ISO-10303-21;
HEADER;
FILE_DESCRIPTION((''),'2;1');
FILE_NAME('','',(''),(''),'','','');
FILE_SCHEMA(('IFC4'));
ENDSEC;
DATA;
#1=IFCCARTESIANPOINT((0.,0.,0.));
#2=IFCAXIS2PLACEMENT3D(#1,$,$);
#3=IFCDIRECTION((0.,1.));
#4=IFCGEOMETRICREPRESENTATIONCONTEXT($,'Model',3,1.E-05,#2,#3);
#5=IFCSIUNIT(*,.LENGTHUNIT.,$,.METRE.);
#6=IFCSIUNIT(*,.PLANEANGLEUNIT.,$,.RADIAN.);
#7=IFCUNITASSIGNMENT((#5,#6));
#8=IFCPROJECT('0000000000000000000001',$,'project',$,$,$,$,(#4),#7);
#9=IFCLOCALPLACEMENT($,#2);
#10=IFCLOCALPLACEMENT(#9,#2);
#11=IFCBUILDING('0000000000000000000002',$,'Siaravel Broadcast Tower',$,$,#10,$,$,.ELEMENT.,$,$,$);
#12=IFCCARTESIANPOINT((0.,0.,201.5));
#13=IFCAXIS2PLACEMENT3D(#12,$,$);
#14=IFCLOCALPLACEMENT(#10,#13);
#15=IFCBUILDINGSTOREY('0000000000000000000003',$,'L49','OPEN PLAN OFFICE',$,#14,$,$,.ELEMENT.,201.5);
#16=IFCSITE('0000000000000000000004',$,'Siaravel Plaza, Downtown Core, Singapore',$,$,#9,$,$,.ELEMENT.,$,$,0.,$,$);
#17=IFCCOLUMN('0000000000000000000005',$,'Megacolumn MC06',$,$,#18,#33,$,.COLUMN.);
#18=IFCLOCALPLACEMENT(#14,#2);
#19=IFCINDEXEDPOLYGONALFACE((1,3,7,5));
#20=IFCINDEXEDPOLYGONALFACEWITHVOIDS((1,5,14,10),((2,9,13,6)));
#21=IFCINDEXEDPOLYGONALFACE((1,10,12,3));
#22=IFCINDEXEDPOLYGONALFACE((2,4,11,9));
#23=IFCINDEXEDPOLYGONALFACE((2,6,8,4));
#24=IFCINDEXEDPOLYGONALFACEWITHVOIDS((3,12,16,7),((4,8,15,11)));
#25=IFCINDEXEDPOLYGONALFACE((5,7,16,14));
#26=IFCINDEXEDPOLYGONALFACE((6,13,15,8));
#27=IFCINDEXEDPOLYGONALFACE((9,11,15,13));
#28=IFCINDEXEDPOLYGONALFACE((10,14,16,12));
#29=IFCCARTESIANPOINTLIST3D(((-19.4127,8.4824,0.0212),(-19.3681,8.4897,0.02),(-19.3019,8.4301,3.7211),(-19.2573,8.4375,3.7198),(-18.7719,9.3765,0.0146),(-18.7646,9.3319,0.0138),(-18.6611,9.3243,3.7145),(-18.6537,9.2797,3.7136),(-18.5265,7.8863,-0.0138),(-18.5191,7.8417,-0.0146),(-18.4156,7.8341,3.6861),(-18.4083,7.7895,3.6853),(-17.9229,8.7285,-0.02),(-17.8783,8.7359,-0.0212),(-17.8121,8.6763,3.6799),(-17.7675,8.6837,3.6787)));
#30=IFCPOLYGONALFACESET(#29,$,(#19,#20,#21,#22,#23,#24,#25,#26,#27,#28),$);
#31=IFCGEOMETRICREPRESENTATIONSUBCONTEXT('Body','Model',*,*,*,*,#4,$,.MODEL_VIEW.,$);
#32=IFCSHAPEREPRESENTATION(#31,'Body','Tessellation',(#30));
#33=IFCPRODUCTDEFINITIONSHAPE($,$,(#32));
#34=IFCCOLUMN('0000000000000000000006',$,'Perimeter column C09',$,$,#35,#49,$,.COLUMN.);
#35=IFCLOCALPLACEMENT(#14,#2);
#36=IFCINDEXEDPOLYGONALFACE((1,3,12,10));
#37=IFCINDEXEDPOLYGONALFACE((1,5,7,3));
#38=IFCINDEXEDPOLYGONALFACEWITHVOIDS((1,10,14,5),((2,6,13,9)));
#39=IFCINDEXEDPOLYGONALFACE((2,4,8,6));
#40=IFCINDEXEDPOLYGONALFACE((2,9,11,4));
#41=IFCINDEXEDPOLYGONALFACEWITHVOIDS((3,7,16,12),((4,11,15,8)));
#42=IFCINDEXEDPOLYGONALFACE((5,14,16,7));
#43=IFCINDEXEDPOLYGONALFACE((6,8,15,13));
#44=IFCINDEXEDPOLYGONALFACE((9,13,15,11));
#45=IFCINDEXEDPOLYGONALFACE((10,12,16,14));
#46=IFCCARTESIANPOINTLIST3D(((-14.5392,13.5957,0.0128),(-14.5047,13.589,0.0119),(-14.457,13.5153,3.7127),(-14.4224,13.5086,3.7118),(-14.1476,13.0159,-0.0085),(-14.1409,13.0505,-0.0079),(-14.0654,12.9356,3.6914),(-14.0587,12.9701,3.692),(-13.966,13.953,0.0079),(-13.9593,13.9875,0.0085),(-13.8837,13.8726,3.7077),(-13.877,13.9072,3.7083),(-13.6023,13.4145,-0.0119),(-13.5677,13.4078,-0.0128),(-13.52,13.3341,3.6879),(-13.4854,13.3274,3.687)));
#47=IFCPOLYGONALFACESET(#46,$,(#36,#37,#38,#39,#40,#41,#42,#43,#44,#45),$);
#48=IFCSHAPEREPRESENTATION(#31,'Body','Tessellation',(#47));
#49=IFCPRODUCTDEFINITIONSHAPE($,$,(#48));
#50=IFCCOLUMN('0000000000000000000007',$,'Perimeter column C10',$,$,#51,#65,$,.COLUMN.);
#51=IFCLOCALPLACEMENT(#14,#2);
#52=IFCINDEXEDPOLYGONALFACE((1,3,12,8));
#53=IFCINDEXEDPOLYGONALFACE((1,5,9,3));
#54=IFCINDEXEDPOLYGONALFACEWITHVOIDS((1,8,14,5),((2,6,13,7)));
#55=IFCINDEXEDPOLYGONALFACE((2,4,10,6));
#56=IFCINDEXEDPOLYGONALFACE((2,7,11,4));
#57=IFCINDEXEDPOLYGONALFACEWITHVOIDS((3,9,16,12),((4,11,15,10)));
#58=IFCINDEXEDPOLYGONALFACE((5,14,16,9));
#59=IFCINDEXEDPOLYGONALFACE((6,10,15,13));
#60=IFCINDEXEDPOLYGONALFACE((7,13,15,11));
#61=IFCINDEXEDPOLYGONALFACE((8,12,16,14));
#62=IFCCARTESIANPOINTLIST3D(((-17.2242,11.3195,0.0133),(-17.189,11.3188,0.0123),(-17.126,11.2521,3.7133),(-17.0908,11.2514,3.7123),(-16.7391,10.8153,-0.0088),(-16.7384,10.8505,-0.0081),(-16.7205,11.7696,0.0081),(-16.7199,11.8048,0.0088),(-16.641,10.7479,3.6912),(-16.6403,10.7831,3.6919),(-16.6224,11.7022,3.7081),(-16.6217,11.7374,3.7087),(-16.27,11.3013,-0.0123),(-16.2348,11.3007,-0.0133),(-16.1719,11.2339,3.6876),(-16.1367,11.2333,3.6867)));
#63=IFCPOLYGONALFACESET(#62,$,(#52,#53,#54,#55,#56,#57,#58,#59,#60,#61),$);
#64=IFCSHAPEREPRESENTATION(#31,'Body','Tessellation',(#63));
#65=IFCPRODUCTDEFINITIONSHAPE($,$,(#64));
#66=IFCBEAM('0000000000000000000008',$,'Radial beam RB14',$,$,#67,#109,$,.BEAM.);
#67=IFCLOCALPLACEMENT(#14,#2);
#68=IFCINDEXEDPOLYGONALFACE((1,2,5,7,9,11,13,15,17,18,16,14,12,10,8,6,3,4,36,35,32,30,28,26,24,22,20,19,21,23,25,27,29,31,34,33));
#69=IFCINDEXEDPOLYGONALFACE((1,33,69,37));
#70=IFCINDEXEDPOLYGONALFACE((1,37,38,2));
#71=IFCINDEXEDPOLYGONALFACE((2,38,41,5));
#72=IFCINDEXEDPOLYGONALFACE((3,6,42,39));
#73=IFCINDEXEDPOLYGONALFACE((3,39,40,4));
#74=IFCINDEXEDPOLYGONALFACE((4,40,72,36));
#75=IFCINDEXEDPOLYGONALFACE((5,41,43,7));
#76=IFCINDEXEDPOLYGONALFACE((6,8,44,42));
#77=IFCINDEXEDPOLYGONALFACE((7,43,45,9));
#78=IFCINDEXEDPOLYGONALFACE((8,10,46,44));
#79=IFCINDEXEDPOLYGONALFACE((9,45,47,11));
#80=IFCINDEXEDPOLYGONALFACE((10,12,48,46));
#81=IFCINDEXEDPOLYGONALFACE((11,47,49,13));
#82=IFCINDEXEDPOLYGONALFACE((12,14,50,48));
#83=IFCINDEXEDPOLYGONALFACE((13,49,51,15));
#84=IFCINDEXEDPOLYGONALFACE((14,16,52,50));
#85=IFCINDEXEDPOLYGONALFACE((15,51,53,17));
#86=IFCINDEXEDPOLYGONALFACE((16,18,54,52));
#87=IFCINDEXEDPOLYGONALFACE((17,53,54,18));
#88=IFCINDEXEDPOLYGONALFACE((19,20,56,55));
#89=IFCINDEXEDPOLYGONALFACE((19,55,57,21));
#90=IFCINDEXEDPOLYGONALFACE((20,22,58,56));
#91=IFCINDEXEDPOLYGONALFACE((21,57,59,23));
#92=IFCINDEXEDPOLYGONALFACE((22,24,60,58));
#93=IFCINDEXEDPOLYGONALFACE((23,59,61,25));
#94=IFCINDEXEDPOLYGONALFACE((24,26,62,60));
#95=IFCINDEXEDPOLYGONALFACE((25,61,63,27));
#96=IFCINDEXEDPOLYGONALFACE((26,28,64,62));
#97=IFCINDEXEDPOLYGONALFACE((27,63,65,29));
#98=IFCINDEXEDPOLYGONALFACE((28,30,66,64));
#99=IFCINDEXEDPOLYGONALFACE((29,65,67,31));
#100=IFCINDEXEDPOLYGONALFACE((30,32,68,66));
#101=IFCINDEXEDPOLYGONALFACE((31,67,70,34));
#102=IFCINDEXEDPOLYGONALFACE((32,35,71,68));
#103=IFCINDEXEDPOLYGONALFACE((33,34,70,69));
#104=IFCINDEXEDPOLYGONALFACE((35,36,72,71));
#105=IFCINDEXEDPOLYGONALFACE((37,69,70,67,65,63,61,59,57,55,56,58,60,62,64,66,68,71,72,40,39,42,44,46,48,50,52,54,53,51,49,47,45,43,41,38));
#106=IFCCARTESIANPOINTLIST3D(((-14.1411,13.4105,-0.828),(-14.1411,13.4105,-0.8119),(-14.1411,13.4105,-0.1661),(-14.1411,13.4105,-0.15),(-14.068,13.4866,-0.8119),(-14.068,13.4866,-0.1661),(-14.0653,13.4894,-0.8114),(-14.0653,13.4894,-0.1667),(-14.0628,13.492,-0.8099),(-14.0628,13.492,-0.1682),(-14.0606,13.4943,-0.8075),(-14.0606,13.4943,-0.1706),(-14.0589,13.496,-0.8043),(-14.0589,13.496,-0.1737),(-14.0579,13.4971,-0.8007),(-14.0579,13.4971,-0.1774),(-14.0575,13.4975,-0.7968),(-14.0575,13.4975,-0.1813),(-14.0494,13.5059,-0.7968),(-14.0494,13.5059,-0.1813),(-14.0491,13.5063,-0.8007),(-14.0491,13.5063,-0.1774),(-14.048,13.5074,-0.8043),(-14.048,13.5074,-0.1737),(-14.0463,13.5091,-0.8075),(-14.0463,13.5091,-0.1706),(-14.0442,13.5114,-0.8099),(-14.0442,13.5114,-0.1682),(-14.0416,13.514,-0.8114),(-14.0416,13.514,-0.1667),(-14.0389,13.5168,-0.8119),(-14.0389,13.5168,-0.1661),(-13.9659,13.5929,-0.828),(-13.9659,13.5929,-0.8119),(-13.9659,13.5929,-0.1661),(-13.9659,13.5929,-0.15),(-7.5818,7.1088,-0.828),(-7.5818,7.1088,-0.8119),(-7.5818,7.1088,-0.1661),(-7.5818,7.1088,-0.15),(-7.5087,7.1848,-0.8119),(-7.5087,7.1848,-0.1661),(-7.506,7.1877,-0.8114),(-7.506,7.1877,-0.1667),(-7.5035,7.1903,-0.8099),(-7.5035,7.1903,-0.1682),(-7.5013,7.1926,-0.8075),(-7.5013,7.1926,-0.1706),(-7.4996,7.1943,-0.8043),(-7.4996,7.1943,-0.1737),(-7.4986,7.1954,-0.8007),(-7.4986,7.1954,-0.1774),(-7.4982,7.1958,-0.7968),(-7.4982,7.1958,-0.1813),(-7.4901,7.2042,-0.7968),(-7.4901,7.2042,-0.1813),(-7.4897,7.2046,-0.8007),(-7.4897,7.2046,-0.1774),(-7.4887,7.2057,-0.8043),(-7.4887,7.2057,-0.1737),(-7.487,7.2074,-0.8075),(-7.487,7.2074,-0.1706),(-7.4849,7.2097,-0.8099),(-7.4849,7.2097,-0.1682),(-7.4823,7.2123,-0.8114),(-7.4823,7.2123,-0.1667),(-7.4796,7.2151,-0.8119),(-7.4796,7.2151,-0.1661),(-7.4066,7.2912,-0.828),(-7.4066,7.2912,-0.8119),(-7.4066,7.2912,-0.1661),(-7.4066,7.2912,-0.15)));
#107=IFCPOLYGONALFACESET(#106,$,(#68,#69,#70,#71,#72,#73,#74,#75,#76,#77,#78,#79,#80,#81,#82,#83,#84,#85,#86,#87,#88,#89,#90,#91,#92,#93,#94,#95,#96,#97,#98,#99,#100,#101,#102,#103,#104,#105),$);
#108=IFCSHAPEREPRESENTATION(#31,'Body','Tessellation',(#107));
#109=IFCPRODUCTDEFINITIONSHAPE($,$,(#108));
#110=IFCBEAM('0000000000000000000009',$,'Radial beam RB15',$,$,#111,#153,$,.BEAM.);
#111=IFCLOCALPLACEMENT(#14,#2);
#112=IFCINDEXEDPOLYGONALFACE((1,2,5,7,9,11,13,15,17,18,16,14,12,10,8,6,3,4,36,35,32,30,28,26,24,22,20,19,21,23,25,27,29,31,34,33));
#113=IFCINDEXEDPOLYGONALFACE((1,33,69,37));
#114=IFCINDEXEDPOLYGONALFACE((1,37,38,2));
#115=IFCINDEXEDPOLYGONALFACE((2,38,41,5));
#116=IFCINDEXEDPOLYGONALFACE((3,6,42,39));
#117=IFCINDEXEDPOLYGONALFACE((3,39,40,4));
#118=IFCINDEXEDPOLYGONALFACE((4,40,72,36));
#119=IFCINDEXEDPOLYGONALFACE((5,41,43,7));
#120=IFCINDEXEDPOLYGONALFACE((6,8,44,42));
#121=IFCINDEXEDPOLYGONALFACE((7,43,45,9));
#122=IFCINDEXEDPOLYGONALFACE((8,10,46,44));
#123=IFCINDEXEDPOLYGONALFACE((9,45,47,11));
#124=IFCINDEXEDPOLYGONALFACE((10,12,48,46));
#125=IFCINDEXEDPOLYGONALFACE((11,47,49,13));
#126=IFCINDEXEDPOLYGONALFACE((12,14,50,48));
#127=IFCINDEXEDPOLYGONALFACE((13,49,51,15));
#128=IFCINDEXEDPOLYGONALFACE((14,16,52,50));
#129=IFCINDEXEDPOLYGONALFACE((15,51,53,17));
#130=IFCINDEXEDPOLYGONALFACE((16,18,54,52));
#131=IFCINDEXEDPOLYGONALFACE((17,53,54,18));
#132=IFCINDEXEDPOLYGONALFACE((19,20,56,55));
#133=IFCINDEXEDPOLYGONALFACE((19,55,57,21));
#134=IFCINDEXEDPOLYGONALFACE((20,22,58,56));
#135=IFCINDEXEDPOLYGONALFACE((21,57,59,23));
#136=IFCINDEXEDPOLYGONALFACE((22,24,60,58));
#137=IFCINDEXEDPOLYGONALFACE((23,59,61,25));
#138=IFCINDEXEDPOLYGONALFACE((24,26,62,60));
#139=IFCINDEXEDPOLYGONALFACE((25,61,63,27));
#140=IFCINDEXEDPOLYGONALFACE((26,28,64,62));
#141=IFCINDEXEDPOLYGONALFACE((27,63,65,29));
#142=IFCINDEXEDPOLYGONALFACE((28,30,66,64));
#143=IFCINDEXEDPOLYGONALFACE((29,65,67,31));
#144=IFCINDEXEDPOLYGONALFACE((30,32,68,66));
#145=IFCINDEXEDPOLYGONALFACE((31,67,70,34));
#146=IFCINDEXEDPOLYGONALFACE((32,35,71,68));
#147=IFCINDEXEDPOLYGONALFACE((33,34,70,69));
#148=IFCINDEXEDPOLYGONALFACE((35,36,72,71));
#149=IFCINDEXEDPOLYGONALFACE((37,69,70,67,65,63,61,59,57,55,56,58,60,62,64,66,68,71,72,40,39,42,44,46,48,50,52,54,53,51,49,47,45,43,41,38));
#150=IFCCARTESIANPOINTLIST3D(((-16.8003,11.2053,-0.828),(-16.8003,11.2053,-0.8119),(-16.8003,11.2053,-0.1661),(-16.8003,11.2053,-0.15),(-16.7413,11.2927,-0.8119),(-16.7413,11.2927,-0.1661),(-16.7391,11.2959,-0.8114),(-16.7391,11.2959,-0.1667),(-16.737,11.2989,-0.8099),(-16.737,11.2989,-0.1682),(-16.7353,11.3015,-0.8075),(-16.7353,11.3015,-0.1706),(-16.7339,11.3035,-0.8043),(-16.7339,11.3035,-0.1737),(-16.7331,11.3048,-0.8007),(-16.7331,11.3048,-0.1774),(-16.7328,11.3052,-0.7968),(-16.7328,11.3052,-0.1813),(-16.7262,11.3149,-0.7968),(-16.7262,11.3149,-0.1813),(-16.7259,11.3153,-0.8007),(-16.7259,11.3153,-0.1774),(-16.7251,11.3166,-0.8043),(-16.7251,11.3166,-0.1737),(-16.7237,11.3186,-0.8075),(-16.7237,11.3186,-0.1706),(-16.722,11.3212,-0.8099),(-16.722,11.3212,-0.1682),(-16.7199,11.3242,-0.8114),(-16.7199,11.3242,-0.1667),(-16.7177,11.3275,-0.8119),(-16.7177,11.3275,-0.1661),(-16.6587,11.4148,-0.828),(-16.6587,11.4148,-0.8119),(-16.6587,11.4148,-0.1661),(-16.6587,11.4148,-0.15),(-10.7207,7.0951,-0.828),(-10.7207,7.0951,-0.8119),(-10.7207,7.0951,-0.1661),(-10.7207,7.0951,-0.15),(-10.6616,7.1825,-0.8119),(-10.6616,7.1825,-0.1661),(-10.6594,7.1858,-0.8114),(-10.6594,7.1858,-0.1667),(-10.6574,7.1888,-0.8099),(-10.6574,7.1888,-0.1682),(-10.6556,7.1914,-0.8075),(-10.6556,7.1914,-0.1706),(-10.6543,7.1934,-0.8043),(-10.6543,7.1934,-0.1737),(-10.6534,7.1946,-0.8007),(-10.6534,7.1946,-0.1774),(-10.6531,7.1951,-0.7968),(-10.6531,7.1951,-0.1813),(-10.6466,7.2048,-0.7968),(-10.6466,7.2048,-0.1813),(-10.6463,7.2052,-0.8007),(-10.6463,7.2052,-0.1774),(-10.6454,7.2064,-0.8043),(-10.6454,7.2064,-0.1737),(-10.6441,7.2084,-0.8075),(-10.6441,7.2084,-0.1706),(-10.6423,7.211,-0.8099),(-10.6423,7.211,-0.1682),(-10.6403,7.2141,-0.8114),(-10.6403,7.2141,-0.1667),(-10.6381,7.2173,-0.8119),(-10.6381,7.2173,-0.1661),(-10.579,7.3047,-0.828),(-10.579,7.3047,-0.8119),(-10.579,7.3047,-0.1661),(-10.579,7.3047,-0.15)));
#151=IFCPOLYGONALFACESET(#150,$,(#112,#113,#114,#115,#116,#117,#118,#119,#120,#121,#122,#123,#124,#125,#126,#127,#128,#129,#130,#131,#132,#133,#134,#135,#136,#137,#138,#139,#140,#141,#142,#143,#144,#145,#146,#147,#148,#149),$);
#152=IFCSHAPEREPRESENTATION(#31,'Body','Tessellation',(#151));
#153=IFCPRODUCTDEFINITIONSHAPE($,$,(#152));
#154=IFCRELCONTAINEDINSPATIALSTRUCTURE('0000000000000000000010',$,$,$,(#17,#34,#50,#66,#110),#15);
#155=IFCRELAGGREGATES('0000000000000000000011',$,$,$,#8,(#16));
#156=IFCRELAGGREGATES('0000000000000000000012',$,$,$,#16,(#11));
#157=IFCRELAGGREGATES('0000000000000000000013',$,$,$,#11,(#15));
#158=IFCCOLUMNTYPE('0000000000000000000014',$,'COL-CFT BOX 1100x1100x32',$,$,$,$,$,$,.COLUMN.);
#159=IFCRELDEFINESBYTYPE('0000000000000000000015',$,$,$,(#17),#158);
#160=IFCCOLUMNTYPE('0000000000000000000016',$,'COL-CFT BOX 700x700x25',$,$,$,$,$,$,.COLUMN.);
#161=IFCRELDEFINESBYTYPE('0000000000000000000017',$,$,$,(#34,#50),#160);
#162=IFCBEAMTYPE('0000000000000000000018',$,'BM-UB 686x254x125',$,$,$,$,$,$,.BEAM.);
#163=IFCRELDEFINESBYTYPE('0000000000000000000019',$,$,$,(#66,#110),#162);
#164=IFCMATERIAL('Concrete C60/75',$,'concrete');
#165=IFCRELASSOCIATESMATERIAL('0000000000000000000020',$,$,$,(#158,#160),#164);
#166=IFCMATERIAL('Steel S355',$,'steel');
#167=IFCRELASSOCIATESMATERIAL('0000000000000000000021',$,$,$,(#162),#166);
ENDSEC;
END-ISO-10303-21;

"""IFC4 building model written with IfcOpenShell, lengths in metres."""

from ifc_helpers import new_model, si_unit, direction, frame, origin, origin_2d, place, context, subcontext, project, spatial, hollow_rectangle, i_section, extrude, material, material_profile, profile_set, type_object, element, save


model = new_model("IFC4")

# Units and contexts
model_context = context("Model", 3, precision=1e-05, world=origin(), true_north=direction((0.0, 1.0)))
body_context = subcontext(model_context, "Body", "Model", "MODEL_VIEW")
ifc_project = project(units=[si_unit("LENGTHUNIT", "METRE"), si_unit("PLANEANGLEUNIT", "RADIAN")], contexts=[model_context])

# Site, building, storey
site_placement = place(None, origin())
site = spatial("IfcSite", under=ifc_project, at=site_placement, Name="Siaravel Plaza, Downtown Core, Singapore", CompositionType="ELEMENT", RefElevation=0.0)
building_placement = place(site_placement, origin())
building = spatial("IfcBuilding", under=site, at=building_placement, Name="Siaravel Broadcast Tower", CompositionType="ELEMENT")
storey_placement = place(building_placement, frame((0.0, 0.0, 201.5)))
storey = spatial("IfcBuildingStorey", under=building, at=storey_placement, Name="L49", Description="OPEN PLAN OFFICE", CompositionType="ELEMENT", Elevation=201.5)

# Columns
ifc_material_1 = material(Name="Concrete C60/75", Category="concrete")
ifc_material_profile_1 = material_profile(ifc_material_1, hollow_rectangle(XDim=1.1001, YDim=1.1001, WallThickness=0.032, at=origin_2d()))
ifc_profile_set_1 = profile_set([ifc_material_profile_1], Name="Concrete C60/75")
column_type_1 = type_object("IfcColumnType", Name="COL-CFT BOX 1100x1100x32", PredefinedType="COLUMN", material=ifc_profile_set_1)
column_1_placement = place(storey_placement, frame((-18.6455, 8.6091, 0.0), z_axis=(0.029941, -0.014113, 0.999452), x_axis=(0.582482, 0.812822, -0.005972)))
element("IfcColumn", 1, at=column_1_placement, inside=storey, type_object=column_type_1, Name="Megacolumn MC06", PredefinedType="COLUMN", context=body_context, shape_type="SweptSolid", body=[
    extrude(hollow_rectangle(XDim=1.1001, YDim=1.1001, WallThickness=0.032, at=origin_2d()), origin(), (0.0, 0.0, 1.0), 3.7019),
])
ifc_material_profile_2 = material_profile(ifc_material_1, hollow_rectangle(XDim=0.7, YDim=0.7, WallThickness=0.0249, at=origin_2d()))
ifc_profile_set_2 = profile_set([ifc_material_profile_2], Name="Concrete C60/75")
column_type_2 = type_object("IfcColumnType", Name="COL-CFT BOX 700x700x25", PredefinedType="COLUMN", material=ifc_profile_set_2)
column_2_placement = place(storey_placement, frame((-14.0535, 13.5017, 0.0), z_axis=(0.022226, -0.021699, 0.999517), x_axis=(0.828556, 0.559871, -0.00627)))
element("IfcColumn", 2, at=column_2_placement, inside=storey, type_object=column_type_2, Name="Perimeter column C09", PredefinedType="COLUMN", context=body_context, shape_type="SweptSolid", body=[
    extrude(hollow_rectangle(XDim=0.7, YDim=0.7, WallThickness=0.0249, at=origin_2d()), origin(), (0.0, 0.0, 1.0), 3.7017),
])
column_3_placement = place(storey_placement, frame((-16.7295, 11.3101, 0.0), z_axis=(0.026512, -0.018202, 0.999483), x_axis=(0.720492, 0.693433, -0.006483)))
element("IfcColumn", 3, at=column_3_placement, inside=storey, type_object=column_type_2, Name="Perimeter column C10", PredefinedType="COLUMN", context=body_context, shape_type="SweptSolid", body=[
    extrude(hollow_rectangle(XDim=0.7, YDim=0.7, WallThickness=0.0249, at=origin_2d()), origin(), (0.0, 0.0, 1.0), 3.7019),
])

# Beams
ifc_material_2 = material(Name="Steel S355", Category="steel")
ifc_material_profile_3 = material_profile(ifc_material_2, i_section(OverallWidth=0.2529, OverallDepth=0.678, WebThickness=0.0117, FlangeThickness=0.0161, FilletRadius=0.0151, at=origin_2d()))
ifc_profile_set_3 = profile_set([ifc_material_profile_3], Name="Steel S355")
beam_type = type_object("IfcBeamType", Name="BM-UB 686x254x125", PredefinedType="BEAM", material=ifc_profile_set_3)
beam_1_placement = place(storey_placement, frame((-14.0535, 13.5017, -0.489), z_axis=(0.721123, -0.692807, 0.0), x_axis=(0.692807, 0.721123, 0.0)))
element("IfcBeam", 4, at=beam_1_placement, inside=storey, type_object=beam_type, Name="Radial beam RB14", PredefinedType="BEAM", context=body_context, shape_type="SweptSolid", body=[
    extrude(i_section(OverallWidth=0.2529, OverallDepth=0.678, WebThickness=0.0117, FlangeThickness=0.0161, FilletRadius=0.0151, at=origin_2d()), origin(), (0.0, 0.0, 1.0), 9.0959),
])
beam_2_placement = place(storey_placement, frame((-16.7295, 11.3101, -0.489), z_axis=(0.828445, -0.56007, 0.0), x_axis=(0.56007, 0.828445, 0.0)))
element("IfcBeam", 5, at=beam_2_placement, inside=storey, type_object=beam_type, Name="Radial beam RB15", PredefinedType="BEAM", context=body_context, shape_type="SweptSolid", body=[
    extrude(i_section(OverallWidth=0.2529, OverallDepth=0.678, WebThickness=0.0117, FlangeThickness=0.0161, FilletRadius=0.0151, at=origin_2d()), origin(), (0.0, 0.0, 1.0), 7.3386),
])

save(model, "model.ifc")
